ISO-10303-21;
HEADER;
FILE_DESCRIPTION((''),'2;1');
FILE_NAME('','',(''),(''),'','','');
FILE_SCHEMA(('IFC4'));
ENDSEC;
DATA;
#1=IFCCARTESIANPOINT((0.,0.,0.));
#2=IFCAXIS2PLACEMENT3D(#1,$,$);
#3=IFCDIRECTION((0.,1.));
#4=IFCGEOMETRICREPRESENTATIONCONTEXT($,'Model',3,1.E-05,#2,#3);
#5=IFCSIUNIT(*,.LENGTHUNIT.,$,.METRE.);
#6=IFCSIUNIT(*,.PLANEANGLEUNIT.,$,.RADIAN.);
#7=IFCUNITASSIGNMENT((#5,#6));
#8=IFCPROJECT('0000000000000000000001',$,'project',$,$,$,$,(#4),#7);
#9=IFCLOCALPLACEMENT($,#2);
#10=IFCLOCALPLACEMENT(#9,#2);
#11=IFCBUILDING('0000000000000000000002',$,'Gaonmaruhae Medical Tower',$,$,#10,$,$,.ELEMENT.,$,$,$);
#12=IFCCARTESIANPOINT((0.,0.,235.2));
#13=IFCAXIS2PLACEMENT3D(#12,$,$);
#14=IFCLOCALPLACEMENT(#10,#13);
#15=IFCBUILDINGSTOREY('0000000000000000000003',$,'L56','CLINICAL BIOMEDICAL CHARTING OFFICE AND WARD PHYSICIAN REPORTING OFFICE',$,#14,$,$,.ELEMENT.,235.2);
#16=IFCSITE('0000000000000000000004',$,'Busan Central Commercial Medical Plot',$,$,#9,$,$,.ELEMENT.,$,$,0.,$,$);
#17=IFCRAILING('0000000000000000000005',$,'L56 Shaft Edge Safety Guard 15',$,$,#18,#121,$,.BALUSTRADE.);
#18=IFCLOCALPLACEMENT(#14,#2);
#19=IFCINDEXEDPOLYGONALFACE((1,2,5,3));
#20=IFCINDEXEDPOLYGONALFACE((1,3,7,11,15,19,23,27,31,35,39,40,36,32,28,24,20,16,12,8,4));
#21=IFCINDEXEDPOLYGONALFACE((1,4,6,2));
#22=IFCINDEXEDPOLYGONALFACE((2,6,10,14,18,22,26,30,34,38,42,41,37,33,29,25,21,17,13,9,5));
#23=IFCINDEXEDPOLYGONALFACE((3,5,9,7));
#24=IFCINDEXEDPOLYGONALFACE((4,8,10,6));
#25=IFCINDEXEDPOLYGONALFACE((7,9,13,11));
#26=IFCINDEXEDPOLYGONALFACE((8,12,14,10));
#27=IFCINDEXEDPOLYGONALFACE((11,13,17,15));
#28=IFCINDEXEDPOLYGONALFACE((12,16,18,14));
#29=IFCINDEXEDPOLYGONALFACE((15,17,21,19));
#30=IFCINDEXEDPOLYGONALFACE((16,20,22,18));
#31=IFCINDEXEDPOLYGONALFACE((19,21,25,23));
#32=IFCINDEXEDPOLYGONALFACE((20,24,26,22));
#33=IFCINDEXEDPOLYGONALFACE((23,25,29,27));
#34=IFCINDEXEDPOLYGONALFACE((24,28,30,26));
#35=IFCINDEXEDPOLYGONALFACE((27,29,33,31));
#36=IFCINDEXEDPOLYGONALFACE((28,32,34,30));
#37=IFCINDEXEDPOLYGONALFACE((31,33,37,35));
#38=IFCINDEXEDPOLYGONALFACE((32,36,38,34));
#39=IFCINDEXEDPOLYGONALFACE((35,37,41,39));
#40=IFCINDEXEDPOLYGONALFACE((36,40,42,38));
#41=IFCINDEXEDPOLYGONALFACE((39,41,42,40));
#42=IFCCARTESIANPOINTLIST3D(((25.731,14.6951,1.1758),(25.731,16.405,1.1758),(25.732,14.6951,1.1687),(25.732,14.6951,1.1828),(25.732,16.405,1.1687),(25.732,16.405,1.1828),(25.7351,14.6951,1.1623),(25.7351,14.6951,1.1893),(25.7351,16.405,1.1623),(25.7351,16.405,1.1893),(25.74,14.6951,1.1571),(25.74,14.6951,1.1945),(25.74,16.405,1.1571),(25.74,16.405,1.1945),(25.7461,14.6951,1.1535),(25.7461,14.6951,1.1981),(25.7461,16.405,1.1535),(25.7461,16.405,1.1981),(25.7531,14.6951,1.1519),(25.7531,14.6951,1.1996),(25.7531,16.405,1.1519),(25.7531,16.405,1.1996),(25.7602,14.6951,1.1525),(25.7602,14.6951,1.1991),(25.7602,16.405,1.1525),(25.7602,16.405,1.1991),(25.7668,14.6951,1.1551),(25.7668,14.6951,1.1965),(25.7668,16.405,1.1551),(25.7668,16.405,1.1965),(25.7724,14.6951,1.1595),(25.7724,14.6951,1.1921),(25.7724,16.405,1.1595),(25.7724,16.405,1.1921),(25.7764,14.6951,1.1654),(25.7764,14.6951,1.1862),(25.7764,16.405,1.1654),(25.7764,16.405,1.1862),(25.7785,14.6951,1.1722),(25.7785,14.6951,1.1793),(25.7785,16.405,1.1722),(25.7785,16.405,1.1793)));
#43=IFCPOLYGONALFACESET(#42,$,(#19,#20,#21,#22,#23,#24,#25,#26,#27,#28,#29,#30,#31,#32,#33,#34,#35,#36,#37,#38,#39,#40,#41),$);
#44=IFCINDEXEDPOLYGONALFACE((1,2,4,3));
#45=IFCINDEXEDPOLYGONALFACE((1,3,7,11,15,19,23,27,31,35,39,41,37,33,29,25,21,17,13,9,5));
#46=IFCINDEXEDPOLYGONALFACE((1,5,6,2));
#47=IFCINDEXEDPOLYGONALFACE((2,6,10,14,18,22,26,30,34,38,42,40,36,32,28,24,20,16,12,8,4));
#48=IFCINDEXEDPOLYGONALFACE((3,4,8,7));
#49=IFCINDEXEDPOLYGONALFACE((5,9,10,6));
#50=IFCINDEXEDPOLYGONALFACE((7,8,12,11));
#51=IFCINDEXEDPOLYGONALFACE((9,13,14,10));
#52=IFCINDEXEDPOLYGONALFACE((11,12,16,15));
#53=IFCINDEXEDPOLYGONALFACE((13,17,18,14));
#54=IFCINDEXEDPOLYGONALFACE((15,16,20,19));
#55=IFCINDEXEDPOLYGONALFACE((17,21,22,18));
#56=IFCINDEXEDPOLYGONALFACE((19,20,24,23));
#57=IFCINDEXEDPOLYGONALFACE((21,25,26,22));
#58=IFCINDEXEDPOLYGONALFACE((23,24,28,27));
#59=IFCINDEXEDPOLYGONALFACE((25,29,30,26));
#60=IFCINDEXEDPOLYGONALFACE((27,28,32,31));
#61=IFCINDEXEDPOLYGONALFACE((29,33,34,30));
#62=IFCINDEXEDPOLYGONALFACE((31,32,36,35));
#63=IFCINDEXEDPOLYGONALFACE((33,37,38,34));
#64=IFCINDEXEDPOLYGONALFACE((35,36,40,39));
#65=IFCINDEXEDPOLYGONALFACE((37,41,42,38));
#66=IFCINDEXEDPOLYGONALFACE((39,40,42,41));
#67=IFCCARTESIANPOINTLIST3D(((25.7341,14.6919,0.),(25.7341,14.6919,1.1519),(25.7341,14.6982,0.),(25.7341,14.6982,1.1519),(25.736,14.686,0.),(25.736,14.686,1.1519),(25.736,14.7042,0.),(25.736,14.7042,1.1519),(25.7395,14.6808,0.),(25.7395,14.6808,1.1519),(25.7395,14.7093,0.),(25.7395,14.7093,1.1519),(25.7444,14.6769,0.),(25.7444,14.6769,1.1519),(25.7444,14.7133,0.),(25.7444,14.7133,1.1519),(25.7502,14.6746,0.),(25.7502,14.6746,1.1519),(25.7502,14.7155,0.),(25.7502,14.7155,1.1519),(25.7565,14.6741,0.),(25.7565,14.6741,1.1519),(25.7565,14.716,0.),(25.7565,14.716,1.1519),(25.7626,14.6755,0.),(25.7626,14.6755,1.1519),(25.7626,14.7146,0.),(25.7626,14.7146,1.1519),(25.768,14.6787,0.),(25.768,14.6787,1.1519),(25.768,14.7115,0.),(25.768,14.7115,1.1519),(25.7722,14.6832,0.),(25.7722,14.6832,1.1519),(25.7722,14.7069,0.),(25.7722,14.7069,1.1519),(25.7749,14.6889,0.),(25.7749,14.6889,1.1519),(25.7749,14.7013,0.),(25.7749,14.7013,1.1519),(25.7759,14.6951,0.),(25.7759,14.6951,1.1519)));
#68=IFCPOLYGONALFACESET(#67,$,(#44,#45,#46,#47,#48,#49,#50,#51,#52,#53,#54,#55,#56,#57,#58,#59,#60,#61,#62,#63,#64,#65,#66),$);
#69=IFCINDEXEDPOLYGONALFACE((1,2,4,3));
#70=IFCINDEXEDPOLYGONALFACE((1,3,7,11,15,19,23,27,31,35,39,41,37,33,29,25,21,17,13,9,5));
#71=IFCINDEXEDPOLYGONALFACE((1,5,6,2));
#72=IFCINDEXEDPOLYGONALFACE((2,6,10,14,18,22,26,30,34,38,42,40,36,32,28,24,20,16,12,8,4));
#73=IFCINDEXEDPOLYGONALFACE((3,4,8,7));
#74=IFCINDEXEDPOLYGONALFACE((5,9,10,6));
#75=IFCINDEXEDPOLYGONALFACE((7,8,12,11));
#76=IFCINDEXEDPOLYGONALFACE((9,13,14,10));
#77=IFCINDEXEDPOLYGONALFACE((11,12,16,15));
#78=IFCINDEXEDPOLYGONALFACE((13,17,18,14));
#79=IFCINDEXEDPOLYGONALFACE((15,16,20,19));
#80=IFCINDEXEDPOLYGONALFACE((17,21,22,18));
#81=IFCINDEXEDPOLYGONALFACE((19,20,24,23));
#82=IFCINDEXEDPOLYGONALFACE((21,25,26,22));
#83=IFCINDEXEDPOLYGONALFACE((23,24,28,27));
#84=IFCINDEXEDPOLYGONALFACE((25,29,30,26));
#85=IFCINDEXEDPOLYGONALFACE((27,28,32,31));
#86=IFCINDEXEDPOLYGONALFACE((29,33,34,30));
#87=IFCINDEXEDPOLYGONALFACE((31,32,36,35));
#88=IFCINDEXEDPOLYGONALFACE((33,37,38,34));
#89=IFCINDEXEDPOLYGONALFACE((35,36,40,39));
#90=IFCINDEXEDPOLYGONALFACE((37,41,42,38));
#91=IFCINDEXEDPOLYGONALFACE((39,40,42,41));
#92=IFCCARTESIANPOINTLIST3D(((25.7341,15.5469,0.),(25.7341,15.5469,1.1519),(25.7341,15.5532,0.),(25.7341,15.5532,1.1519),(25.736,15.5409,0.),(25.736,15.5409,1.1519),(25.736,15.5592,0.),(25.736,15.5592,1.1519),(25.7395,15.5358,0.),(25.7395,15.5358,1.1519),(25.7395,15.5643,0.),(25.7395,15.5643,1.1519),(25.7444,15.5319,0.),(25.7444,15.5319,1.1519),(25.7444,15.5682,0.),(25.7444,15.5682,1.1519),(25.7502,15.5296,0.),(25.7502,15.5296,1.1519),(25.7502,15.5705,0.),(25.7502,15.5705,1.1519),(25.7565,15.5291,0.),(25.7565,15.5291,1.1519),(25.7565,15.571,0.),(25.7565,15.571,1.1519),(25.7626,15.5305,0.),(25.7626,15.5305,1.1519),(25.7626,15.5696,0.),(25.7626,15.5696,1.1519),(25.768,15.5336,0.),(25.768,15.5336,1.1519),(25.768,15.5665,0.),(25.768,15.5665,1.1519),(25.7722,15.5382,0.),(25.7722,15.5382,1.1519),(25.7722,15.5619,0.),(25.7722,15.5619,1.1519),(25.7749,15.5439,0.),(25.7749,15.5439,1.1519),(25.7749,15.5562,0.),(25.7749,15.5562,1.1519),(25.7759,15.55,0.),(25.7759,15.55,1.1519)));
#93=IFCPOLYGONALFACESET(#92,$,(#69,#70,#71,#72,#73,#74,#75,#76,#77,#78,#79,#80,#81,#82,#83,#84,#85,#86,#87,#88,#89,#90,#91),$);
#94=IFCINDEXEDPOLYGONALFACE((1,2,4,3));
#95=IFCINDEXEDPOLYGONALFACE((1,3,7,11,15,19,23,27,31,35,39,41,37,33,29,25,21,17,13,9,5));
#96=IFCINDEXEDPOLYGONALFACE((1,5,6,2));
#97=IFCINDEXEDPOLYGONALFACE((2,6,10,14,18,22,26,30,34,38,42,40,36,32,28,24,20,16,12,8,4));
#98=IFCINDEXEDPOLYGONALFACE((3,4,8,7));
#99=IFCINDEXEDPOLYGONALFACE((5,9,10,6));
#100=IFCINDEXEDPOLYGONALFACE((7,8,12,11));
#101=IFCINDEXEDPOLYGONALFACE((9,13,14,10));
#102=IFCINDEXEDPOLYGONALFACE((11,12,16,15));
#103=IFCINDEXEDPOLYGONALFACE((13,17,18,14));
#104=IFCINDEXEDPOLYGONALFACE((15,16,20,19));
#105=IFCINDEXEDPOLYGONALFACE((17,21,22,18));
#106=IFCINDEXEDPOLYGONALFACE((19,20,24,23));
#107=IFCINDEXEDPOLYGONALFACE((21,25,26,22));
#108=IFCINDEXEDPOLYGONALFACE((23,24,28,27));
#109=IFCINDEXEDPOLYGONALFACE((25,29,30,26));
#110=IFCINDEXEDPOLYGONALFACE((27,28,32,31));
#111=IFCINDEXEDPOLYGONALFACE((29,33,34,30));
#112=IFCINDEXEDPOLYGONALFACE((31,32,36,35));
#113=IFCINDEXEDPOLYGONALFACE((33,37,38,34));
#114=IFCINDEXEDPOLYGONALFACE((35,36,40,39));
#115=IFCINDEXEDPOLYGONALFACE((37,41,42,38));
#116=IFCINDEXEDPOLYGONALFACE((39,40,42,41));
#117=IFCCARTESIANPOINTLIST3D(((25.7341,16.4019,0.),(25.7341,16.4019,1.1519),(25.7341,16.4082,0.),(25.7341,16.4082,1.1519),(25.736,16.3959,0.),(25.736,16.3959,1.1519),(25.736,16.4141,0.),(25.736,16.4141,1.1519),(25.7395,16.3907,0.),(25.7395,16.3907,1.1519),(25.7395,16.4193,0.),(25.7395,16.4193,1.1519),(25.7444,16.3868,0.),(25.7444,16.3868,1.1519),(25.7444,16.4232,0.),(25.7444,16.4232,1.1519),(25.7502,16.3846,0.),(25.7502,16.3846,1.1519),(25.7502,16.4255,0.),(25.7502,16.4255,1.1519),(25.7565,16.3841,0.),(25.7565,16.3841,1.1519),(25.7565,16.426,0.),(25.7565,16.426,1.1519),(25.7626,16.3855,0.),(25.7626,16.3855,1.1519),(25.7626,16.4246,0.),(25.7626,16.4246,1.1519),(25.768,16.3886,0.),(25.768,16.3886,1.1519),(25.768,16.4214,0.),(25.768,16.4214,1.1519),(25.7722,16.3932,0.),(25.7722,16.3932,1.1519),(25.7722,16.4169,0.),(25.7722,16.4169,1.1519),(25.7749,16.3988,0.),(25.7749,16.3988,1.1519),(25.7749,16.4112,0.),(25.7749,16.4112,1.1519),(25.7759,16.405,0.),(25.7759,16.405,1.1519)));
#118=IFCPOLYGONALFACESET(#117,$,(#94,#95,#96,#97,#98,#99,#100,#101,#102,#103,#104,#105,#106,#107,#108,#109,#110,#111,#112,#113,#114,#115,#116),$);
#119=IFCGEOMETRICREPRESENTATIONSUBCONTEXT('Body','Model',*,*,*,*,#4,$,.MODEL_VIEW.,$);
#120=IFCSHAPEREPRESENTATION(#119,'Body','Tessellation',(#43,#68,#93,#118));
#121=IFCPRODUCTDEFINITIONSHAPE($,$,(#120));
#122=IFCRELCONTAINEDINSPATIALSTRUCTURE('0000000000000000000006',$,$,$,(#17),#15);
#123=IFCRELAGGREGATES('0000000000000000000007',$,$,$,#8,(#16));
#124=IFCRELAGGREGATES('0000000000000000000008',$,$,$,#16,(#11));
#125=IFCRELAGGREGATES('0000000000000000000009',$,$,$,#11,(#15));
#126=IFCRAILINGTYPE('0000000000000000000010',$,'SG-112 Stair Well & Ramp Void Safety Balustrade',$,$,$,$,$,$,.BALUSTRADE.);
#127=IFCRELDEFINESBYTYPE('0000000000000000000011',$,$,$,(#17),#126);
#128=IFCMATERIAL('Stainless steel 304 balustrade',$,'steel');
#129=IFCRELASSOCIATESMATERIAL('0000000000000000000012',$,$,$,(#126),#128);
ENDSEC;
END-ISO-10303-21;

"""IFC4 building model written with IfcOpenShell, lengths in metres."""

from ifc_helpers import new_model, si_unit, direction, frame, origin, origin_2d, place, context, subcontext, project, spatial, circle, extrude, material, type_object, element, save


model = new_model("IFC4")

# Units and contexts
model_context = context("Model", 3, precision=1e-05, world=origin(), true_north=direction((0.0, 1.0)))
body_context = subcontext(model_context, "Body", "Model", "MODEL_VIEW")
ifc_project = project(units=[si_unit("LENGTHUNIT", "METRE"), si_unit("PLANEANGLEUNIT", "RADIAN")], contexts=[model_context])

# Site, building, storey
site_placement = place(None, origin())
site = spatial("IfcSite", under=ifc_project, at=site_placement, Name="Busan Central Commercial Medical Plot", CompositionType="ELEMENT", RefElevation=0.0)
building_placement = place(site_placement, origin())
building = spatial("IfcBuilding", under=site, at=building_placement, Name="Gaonmaruhae Medical Tower", CompositionType="ELEMENT")
storey_placement = place(building_placement, frame((0.0, 0.0, 235.2)))
storey = spatial("IfcBuildingStorey", under=building, at=storey_placement, Name="L56", Description="CLINICAL BIOMEDICAL CHARTING OFFICE AND WARD PHYSICIAN REPORTING OFFICE", CompositionType="ELEMENT", Elevation=235.2)

# Railing
ifc_material_1 = material(Name="Stainless steel 304 balustrade", Category="steel")
railing_type_1 = type_object("IfcRailingType", Name="SG-112 Stair Well & Ramp Void Safety Balustrade", PredefinedType="BALUSTRADE", material=ifc_material_1)
railing_1_placement = place(storey_placement, frame((25.7549, 14.6951, 0.0)))
element("IfcRailing", 1, at=railing_1_placement, inside=storey, type_object=railing_type_1, Name="L56 Shaft Edge Safety Guard 15", PredefinedType="BALUSTRADE", context=body_context, shape_type="SweptSolid", body=[
    extrude(circle(Radius=0.0239, at=origin_2d()), frame((0.0, 0.0, 1.1758), z_axis=(0.0, 1.0, 0.0), x_axis=(-1.0, 0.0, 0.0)), (0.0, 0.0, 1.0), 1.71),
    extrude(circle(Radius=0.021, at=origin_2d()), origin(), (0.0, 0.0, 1.0), 1.1519),
    extrude(circle(Radius=0.021, at=origin_2d()), frame((0.0, 0.855, 0.0)), (0.0, 0.0, 1.0), 1.1519),
    extrude(circle(Radius=0.021, at=origin_2d()), frame((0.0, 1.71, 0.0)), (0.0, 0.0, 1.0), 1.1519),
])

save(model, "model.ifc")
